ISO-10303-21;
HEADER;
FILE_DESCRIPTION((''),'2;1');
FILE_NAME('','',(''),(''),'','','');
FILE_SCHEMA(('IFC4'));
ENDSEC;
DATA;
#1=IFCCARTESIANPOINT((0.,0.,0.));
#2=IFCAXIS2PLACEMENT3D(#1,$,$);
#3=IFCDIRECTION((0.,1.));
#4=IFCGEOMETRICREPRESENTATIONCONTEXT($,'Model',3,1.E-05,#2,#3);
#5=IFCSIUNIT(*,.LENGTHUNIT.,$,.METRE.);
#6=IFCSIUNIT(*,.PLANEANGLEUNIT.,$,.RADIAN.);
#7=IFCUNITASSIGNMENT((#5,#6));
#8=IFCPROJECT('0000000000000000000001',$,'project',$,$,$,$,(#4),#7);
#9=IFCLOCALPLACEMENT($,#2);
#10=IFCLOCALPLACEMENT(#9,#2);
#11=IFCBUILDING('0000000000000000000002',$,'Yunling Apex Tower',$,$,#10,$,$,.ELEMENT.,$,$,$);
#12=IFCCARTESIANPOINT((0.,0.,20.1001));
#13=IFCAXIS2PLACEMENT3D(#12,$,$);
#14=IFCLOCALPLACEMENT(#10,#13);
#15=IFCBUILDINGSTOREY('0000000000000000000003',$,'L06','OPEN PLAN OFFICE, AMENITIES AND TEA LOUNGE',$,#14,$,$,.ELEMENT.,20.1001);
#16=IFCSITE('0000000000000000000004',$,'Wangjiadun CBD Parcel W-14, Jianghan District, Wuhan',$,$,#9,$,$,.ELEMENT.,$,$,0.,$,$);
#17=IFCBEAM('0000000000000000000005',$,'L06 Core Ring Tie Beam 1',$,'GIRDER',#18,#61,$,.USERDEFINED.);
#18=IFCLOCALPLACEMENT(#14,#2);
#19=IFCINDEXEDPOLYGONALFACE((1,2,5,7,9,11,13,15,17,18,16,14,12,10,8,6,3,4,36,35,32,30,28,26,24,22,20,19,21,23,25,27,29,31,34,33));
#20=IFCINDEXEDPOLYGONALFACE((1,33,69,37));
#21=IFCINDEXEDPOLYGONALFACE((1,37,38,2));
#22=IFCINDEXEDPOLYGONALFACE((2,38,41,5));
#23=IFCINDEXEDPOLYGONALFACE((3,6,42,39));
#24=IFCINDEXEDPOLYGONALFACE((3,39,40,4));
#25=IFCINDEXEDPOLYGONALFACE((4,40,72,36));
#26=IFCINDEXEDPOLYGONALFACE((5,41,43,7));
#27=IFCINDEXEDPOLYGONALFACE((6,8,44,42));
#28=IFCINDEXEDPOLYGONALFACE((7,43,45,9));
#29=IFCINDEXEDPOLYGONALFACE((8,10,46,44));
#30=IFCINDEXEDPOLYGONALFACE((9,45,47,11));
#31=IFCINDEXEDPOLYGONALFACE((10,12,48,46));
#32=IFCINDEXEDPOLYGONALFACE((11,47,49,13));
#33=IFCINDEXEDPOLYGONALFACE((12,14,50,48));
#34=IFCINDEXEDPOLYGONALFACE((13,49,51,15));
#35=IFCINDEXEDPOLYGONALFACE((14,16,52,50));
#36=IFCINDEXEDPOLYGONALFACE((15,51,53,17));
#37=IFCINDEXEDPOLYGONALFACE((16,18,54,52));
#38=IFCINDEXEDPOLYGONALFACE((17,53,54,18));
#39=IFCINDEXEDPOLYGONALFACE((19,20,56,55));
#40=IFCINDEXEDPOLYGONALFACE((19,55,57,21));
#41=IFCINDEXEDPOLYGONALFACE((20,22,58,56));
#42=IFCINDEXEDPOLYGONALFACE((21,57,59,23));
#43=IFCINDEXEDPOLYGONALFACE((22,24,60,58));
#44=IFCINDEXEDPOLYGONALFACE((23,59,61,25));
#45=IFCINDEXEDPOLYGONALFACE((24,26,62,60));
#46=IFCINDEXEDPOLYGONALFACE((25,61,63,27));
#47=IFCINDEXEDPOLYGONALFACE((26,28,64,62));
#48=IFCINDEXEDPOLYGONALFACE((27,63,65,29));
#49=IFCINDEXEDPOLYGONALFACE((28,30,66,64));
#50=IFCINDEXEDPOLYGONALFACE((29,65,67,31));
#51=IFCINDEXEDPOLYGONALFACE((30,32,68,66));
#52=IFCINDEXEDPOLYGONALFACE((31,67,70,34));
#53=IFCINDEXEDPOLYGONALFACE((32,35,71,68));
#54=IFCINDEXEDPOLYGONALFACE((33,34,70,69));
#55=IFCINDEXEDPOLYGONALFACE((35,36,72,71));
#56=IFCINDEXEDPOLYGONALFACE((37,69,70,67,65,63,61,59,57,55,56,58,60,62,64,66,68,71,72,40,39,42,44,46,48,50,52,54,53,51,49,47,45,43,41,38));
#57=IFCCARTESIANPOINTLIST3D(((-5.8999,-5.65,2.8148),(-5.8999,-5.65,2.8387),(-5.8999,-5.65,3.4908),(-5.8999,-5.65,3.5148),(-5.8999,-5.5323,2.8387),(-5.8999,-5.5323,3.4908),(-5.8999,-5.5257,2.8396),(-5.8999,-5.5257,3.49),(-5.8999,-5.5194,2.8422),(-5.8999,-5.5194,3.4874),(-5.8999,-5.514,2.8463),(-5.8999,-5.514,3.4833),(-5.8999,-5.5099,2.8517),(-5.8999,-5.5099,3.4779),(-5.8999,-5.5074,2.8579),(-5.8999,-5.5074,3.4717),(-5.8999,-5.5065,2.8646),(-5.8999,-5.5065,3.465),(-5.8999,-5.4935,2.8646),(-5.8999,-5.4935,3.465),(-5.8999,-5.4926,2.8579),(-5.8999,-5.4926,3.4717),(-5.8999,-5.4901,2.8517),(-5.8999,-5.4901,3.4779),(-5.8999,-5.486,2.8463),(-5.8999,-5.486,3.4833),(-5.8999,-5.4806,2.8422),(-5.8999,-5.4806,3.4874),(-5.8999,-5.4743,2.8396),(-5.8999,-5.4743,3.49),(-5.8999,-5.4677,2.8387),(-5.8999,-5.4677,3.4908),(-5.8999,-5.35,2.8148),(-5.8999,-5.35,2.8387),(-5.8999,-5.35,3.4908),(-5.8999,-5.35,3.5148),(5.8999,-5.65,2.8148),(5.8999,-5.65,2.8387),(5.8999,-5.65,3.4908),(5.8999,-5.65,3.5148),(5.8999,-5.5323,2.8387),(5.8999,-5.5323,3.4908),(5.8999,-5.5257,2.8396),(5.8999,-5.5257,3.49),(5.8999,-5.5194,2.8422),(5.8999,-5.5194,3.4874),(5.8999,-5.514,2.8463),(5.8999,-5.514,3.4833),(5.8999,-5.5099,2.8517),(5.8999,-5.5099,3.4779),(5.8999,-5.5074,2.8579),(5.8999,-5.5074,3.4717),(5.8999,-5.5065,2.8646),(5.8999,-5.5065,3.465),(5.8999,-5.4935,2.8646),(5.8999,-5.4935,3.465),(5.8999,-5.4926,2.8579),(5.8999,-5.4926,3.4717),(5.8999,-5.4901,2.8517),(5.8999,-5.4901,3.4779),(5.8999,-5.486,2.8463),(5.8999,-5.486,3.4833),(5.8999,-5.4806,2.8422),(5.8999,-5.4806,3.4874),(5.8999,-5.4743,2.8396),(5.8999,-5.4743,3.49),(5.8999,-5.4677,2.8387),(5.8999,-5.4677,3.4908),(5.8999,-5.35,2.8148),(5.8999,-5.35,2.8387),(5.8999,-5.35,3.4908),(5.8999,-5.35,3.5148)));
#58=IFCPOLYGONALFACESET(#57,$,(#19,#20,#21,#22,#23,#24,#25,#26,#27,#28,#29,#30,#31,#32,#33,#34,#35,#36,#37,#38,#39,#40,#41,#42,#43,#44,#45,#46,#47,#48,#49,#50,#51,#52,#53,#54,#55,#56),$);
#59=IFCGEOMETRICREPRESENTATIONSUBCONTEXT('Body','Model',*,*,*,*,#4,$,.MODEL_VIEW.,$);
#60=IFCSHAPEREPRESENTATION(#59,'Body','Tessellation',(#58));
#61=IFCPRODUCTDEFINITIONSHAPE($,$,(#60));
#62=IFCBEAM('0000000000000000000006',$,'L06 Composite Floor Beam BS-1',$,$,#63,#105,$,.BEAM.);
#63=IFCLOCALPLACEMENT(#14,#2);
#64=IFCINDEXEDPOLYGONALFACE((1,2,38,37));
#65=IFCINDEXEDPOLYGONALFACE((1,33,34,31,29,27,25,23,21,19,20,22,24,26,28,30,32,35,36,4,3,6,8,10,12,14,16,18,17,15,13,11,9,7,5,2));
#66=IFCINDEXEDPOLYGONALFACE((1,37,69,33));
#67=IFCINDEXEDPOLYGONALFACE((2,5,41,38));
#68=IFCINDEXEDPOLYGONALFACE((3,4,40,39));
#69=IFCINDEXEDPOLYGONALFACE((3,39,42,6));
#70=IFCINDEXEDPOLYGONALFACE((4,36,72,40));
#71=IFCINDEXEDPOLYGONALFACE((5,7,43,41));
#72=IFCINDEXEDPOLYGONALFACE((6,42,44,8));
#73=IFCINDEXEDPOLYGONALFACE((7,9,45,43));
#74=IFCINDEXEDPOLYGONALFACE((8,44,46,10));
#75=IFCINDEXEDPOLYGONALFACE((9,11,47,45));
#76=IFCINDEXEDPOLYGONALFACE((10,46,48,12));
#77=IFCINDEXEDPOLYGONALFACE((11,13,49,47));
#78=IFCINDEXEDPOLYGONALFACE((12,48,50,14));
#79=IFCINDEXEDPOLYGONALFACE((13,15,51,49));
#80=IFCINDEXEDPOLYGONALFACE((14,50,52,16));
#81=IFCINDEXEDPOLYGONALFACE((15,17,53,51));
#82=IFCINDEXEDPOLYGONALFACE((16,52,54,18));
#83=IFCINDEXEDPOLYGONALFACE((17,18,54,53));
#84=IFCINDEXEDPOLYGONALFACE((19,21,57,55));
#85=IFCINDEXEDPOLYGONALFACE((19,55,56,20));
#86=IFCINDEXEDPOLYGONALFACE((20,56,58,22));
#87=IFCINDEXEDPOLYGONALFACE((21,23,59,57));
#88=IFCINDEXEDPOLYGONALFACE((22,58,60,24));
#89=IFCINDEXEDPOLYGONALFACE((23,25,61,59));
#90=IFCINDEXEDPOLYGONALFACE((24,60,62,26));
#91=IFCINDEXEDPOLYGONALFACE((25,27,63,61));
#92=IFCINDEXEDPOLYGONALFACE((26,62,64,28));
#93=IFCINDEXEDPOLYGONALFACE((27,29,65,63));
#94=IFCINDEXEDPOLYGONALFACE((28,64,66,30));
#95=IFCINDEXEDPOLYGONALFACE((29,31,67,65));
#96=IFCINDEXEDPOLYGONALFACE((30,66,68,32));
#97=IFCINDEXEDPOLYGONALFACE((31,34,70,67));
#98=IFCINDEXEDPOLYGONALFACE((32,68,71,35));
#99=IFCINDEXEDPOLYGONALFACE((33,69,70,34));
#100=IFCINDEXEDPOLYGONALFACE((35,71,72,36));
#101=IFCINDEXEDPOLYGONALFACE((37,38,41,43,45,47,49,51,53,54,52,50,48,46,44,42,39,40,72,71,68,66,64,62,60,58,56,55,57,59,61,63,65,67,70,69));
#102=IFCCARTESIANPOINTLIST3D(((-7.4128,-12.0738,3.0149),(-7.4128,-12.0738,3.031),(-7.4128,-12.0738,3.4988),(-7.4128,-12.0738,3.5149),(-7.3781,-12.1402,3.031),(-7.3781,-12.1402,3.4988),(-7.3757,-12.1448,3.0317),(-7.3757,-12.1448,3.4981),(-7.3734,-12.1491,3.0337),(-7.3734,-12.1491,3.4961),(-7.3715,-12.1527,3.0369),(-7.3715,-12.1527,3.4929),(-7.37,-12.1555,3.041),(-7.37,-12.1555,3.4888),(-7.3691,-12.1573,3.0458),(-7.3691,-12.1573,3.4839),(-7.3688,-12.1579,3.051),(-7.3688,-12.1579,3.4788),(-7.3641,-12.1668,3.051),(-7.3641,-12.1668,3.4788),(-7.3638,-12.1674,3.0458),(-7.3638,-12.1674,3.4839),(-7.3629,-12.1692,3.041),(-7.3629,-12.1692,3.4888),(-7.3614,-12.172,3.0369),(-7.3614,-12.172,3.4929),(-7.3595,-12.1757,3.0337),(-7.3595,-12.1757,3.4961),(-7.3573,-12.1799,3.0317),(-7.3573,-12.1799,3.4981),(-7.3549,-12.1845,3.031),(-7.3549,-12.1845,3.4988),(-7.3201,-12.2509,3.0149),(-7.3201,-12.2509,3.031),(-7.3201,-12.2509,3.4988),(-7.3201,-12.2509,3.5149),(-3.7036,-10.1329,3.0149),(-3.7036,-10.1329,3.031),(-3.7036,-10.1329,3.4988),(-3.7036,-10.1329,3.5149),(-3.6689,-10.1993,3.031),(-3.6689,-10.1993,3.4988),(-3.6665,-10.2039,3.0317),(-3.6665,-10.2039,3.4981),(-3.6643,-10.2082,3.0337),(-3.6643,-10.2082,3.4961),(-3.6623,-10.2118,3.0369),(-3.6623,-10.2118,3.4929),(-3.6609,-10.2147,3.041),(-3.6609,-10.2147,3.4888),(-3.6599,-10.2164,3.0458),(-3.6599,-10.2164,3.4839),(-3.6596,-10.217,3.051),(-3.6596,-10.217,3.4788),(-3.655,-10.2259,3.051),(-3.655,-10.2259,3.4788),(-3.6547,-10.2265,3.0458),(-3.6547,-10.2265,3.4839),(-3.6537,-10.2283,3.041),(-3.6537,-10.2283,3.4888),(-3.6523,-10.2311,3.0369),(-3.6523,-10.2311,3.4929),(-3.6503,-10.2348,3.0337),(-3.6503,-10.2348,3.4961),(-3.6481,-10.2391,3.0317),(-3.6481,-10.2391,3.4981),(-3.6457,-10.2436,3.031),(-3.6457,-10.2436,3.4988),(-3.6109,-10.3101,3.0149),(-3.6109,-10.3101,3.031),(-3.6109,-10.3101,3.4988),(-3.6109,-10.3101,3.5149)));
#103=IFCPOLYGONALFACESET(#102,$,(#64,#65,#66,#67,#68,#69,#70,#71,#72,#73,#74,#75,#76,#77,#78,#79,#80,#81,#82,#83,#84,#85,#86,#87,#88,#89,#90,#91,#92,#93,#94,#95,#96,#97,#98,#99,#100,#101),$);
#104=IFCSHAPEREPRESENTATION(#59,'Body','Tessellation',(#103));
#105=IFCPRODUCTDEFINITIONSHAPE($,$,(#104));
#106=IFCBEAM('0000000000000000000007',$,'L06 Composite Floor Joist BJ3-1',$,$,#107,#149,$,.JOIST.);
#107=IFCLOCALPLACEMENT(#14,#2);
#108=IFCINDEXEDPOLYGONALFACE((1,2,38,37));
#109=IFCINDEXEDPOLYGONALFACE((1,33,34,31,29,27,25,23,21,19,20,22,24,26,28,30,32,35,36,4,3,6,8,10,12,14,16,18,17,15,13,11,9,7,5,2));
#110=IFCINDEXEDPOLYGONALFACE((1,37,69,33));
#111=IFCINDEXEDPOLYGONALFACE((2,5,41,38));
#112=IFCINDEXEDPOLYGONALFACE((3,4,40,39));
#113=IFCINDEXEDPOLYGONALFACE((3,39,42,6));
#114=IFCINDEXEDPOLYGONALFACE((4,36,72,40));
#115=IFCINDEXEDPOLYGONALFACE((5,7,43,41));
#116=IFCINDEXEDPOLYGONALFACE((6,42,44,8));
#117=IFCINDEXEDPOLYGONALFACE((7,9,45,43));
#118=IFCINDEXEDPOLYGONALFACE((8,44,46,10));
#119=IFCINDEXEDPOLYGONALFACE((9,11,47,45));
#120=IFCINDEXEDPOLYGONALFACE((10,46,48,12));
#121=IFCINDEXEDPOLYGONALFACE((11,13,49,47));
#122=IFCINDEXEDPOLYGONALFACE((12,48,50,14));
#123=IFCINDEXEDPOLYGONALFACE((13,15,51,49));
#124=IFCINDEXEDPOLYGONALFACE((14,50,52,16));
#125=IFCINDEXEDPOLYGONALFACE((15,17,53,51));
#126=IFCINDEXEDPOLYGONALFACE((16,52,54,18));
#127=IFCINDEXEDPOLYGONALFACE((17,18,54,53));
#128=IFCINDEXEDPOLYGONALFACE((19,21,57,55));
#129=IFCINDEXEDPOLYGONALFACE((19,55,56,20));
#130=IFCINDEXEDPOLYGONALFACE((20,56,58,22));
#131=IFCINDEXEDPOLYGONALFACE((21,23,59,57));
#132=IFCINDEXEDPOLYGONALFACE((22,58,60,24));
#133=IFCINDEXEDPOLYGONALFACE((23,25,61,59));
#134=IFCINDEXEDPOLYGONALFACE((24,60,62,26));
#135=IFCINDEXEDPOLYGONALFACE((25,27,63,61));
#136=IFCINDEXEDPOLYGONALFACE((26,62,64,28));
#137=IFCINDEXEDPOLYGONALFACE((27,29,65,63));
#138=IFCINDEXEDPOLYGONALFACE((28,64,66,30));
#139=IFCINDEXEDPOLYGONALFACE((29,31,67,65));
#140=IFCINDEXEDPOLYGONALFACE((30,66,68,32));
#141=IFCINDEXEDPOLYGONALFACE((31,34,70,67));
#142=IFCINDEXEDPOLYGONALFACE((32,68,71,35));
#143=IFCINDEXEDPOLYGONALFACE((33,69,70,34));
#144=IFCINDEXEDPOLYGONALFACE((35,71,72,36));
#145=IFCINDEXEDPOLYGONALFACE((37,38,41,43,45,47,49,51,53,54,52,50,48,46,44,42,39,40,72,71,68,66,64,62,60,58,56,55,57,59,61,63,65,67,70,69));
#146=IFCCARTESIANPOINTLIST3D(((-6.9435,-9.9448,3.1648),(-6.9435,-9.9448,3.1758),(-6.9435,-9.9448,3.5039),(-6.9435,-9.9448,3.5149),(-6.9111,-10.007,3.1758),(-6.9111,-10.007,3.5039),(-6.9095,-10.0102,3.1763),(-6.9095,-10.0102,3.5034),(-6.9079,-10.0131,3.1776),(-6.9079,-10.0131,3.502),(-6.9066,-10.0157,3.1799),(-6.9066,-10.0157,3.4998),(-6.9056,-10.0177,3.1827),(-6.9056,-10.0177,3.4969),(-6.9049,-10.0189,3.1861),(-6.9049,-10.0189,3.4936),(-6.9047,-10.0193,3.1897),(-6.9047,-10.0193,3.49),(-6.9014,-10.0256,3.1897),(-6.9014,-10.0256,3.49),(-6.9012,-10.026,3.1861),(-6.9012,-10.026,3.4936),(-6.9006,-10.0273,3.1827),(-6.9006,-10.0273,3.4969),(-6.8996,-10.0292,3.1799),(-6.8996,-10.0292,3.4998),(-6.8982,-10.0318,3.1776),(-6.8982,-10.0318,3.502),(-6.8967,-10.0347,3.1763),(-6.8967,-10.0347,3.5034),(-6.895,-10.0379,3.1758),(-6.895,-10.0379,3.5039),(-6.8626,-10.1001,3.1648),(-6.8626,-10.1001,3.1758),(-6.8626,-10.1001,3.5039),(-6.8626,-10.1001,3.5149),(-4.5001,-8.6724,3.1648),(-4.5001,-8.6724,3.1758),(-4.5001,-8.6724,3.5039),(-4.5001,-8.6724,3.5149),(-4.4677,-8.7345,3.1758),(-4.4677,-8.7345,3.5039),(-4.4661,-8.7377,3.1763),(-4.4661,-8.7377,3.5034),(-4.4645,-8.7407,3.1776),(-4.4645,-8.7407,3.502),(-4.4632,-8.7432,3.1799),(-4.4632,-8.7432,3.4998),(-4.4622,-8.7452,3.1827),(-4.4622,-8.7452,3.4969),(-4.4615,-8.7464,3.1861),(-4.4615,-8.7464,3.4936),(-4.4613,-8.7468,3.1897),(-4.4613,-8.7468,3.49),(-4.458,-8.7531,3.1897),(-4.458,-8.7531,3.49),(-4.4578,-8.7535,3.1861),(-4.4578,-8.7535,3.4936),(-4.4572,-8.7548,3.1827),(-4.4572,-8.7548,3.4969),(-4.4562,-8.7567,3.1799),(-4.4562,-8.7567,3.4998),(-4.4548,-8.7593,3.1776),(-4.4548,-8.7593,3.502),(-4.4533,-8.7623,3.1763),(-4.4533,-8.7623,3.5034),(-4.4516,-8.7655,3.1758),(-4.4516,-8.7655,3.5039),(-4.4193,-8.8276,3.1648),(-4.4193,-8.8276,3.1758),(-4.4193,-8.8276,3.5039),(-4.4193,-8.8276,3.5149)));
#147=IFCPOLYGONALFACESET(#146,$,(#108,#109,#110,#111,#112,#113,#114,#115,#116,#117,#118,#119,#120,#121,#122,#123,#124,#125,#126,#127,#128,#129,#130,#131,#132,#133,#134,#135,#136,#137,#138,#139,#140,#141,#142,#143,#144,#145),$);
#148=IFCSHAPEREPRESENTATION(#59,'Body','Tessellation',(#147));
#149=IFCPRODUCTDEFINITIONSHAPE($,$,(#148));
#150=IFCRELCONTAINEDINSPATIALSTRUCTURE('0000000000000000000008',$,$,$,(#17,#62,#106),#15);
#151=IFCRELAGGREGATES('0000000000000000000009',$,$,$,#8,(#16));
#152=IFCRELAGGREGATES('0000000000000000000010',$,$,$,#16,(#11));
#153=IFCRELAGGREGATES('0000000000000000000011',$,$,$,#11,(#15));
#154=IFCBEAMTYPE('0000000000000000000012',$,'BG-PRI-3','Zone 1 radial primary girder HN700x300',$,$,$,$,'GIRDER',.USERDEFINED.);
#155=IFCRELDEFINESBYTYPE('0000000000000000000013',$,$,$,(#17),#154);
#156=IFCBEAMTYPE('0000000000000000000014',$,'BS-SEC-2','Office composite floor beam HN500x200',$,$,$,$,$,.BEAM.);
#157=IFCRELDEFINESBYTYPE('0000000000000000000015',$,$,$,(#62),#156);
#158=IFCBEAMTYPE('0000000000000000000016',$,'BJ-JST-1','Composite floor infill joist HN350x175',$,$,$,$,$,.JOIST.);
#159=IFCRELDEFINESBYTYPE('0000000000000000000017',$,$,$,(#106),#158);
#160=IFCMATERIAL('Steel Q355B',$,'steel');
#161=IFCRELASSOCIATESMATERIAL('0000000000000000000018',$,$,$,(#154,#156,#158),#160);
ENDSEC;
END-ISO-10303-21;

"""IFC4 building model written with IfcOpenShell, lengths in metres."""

from ifc_helpers import new_model, si_unit, direction, frame, origin, origin_2d, place, context, subcontext, project, spatial, i_section, extrude, source, transform, mapped, material, material_profile, profile_set, type_object, element, save


model = new_model("IFC4")

# Units and contexts
model_context = context("Model", 3, precision=1e-05, world=origin(), true_north=direction((0.0, 1.0)))
body_context = subcontext(model_context, "Body", "Model", "MODEL_VIEW")
ifc_project = project(units=[si_unit("LENGTHUNIT", "METRE"), si_unit("PLANEANGLEUNIT", "RADIAN")], contexts=[model_context])

# Site, building, storey
site_placement = place(None, origin())
site = spatial("IfcSite", under=ifc_project, at=site_placement, Name="Wangjiadun CBD Parcel W-14, Jianghan District, Wuhan", CompositionType="ELEMENT", RefElevation=0.0)
building_placement = place(site_placement, origin())
building = spatial("IfcBuilding", under=site, at=building_placement, Name="Yunling Apex Tower", CompositionType="ELEMENT")
storey_placement = place(building_placement, frame((0.0, 0.0, 20.1001)))
storey = spatial("IfcBuildingStorey", under=building, at=storey_placement, Name="L06", Description="OPEN PLAN OFFICE, AMENITIES AND TEA LOUNGE", CompositionType="ELEMENT", Elevation=20.1001)

# Beams
ifc_material_1 = material(Name="Steel Q355B", Category="steel")
ifc_material_profile_1 = material_profile(ifc_material_1, i_section(OverallWidth=0.3, OverallDepth=0.7, WebThickness=0.0129, FlangeThickness=0.0239, FilletRadius=0.0259, at=origin_2d()))
ifc_profile_set_1 = profile_set([ifc_material_profile_1], Name="Steel Q355B")
beam_type_1 = type_object("IfcBeamType", Name="BG-PRI-3", Description="Zone 1 radial primary girder HN700x300", ElementType="GIRDER", PredefinedType="USERDEFINED", material=ifc_profile_set_1)
shared_shape_1 = source(origin(), body_context, "Body", "SweptSolid", [
    extrude(i_section(OverallWidth=0.3, OverallDepth=0.7, WebThickness=0.0129, FlangeThickness=0.0239, FilletRadius=0.0259, at=origin_2d()), origin(), (0.0, 0.0, 1.0), 11.7998),
])
beam_1_placement = place(storey_placement, frame((-5.8999, -5.5, 3.1648), z_axis=(1.0, 0.0, 0.0), x_axis=(0.0, 1.0, 0.0)))
element("IfcBeam", 1, at=beam_1_placement, inside=storey, type_object=beam_type_1, Name="L06 Core Ring Tie Beam 1", ObjectType="GIRDER", PredefinedType="USERDEFINED", context=body_context, shape_type="MappedRepresentation", body=[
    mapped(shared_shape_1, transform((0.0, 0.0, 0.0), scale=1.0)),
])
ifc_material_profile_2 = material_profile(ifc_material_1, i_section(OverallWidth=0.2, OverallDepth=0.5, WebThickness=0.01, FlangeThickness=0.0161, FilletRadius=0.02, at=origin_2d()))
ifc_profile_set_2 = profile_set([ifc_material_profile_2], Name="Steel Q355B")
beam_type_2 = type_object("IfcBeamType", Name="BS-SEC-2", Description="Office composite floor beam HN500x200", PredefinedType="BEAM", material=ifc_profile_set_2)
shared_shape_2 = source(origin(), body_context, "Body", "SweptSolid", [
    extrude(i_section(OverallWidth=0.2, OverallDepth=0.5, WebThickness=0.01, FlangeThickness=0.0161, FilletRadius=0.02, at=origin_2d()), origin(), (0.0, 0.0, 1.0), 4.1863),
])
beam_2_placement = place(storey_placement, frame((-7.3665, -12.1624, 3.2649), z_axis=(0.886029, 0.46363, 0.0), x_axis=(-0.46363, 0.886029, 0.0)))
element("IfcBeam", 2, at=beam_2_placement, inside=storey, type_object=beam_type_2, Name="L06 Composite Floor Beam BS-1", PredefinedType="BEAM", context=body_context, shape_type="MappedRepresentation", body=[
    mapped(shared_shape_2, transform((0.0, 0.0, 0.0), scale=1.0)),
])
ifc_material_profile_3 = material_profile(ifc_material_1, i_section(OverallWidth=0.175, OverallDepth=0.3501, WebThickness=0.0071, FlangeThickness=0.011, FilletRadius=0.0139, at=origin_2d()))
ifc_profile_set_3 = profile_set([ifc_material_profile_3], Name="Steel Q355B")
beam_type_3 = type_object("IfcBeamType", Name="BJ-JST-1", Description="Composite floor infill joist HN350x175", PredefinedType="JOIST", material=ifc_profile_set_3)
shared_shape_3 = source(origin(), body_context, "Body", "SweptSolid", [
    extrude(i_section(OverallWidth=0.175, OverallDepth=0.3501, WebThickness=0.0071, FlangeThickness=0.011, FilletRadius=0.0139, at=origin_2d()), origin(), (0.0, 0.0, 1.0), 2.7549),
])
beam_3_placement = place(storey_placement, frame((-6.9031, -10.0225, 3.3398), z_axis=(0.886932, 0.4619, 0.0), x_axis=(-0.4619, 0.886932, 0.0)))
element("IfcBeam", 3, at=beam_3_placement, inside=storey, type_object=beam_type_3, Name="L06 Composite Floor Joist BJ3-1", PredefinedType="JOIST", context=body_context, shape_type="MappedRepresentation", body=[
    mapped(shared_shape_3, transform((0.0, 0.0, 0.0), scale=1.0)),
])

save(model, "model.ifc")
